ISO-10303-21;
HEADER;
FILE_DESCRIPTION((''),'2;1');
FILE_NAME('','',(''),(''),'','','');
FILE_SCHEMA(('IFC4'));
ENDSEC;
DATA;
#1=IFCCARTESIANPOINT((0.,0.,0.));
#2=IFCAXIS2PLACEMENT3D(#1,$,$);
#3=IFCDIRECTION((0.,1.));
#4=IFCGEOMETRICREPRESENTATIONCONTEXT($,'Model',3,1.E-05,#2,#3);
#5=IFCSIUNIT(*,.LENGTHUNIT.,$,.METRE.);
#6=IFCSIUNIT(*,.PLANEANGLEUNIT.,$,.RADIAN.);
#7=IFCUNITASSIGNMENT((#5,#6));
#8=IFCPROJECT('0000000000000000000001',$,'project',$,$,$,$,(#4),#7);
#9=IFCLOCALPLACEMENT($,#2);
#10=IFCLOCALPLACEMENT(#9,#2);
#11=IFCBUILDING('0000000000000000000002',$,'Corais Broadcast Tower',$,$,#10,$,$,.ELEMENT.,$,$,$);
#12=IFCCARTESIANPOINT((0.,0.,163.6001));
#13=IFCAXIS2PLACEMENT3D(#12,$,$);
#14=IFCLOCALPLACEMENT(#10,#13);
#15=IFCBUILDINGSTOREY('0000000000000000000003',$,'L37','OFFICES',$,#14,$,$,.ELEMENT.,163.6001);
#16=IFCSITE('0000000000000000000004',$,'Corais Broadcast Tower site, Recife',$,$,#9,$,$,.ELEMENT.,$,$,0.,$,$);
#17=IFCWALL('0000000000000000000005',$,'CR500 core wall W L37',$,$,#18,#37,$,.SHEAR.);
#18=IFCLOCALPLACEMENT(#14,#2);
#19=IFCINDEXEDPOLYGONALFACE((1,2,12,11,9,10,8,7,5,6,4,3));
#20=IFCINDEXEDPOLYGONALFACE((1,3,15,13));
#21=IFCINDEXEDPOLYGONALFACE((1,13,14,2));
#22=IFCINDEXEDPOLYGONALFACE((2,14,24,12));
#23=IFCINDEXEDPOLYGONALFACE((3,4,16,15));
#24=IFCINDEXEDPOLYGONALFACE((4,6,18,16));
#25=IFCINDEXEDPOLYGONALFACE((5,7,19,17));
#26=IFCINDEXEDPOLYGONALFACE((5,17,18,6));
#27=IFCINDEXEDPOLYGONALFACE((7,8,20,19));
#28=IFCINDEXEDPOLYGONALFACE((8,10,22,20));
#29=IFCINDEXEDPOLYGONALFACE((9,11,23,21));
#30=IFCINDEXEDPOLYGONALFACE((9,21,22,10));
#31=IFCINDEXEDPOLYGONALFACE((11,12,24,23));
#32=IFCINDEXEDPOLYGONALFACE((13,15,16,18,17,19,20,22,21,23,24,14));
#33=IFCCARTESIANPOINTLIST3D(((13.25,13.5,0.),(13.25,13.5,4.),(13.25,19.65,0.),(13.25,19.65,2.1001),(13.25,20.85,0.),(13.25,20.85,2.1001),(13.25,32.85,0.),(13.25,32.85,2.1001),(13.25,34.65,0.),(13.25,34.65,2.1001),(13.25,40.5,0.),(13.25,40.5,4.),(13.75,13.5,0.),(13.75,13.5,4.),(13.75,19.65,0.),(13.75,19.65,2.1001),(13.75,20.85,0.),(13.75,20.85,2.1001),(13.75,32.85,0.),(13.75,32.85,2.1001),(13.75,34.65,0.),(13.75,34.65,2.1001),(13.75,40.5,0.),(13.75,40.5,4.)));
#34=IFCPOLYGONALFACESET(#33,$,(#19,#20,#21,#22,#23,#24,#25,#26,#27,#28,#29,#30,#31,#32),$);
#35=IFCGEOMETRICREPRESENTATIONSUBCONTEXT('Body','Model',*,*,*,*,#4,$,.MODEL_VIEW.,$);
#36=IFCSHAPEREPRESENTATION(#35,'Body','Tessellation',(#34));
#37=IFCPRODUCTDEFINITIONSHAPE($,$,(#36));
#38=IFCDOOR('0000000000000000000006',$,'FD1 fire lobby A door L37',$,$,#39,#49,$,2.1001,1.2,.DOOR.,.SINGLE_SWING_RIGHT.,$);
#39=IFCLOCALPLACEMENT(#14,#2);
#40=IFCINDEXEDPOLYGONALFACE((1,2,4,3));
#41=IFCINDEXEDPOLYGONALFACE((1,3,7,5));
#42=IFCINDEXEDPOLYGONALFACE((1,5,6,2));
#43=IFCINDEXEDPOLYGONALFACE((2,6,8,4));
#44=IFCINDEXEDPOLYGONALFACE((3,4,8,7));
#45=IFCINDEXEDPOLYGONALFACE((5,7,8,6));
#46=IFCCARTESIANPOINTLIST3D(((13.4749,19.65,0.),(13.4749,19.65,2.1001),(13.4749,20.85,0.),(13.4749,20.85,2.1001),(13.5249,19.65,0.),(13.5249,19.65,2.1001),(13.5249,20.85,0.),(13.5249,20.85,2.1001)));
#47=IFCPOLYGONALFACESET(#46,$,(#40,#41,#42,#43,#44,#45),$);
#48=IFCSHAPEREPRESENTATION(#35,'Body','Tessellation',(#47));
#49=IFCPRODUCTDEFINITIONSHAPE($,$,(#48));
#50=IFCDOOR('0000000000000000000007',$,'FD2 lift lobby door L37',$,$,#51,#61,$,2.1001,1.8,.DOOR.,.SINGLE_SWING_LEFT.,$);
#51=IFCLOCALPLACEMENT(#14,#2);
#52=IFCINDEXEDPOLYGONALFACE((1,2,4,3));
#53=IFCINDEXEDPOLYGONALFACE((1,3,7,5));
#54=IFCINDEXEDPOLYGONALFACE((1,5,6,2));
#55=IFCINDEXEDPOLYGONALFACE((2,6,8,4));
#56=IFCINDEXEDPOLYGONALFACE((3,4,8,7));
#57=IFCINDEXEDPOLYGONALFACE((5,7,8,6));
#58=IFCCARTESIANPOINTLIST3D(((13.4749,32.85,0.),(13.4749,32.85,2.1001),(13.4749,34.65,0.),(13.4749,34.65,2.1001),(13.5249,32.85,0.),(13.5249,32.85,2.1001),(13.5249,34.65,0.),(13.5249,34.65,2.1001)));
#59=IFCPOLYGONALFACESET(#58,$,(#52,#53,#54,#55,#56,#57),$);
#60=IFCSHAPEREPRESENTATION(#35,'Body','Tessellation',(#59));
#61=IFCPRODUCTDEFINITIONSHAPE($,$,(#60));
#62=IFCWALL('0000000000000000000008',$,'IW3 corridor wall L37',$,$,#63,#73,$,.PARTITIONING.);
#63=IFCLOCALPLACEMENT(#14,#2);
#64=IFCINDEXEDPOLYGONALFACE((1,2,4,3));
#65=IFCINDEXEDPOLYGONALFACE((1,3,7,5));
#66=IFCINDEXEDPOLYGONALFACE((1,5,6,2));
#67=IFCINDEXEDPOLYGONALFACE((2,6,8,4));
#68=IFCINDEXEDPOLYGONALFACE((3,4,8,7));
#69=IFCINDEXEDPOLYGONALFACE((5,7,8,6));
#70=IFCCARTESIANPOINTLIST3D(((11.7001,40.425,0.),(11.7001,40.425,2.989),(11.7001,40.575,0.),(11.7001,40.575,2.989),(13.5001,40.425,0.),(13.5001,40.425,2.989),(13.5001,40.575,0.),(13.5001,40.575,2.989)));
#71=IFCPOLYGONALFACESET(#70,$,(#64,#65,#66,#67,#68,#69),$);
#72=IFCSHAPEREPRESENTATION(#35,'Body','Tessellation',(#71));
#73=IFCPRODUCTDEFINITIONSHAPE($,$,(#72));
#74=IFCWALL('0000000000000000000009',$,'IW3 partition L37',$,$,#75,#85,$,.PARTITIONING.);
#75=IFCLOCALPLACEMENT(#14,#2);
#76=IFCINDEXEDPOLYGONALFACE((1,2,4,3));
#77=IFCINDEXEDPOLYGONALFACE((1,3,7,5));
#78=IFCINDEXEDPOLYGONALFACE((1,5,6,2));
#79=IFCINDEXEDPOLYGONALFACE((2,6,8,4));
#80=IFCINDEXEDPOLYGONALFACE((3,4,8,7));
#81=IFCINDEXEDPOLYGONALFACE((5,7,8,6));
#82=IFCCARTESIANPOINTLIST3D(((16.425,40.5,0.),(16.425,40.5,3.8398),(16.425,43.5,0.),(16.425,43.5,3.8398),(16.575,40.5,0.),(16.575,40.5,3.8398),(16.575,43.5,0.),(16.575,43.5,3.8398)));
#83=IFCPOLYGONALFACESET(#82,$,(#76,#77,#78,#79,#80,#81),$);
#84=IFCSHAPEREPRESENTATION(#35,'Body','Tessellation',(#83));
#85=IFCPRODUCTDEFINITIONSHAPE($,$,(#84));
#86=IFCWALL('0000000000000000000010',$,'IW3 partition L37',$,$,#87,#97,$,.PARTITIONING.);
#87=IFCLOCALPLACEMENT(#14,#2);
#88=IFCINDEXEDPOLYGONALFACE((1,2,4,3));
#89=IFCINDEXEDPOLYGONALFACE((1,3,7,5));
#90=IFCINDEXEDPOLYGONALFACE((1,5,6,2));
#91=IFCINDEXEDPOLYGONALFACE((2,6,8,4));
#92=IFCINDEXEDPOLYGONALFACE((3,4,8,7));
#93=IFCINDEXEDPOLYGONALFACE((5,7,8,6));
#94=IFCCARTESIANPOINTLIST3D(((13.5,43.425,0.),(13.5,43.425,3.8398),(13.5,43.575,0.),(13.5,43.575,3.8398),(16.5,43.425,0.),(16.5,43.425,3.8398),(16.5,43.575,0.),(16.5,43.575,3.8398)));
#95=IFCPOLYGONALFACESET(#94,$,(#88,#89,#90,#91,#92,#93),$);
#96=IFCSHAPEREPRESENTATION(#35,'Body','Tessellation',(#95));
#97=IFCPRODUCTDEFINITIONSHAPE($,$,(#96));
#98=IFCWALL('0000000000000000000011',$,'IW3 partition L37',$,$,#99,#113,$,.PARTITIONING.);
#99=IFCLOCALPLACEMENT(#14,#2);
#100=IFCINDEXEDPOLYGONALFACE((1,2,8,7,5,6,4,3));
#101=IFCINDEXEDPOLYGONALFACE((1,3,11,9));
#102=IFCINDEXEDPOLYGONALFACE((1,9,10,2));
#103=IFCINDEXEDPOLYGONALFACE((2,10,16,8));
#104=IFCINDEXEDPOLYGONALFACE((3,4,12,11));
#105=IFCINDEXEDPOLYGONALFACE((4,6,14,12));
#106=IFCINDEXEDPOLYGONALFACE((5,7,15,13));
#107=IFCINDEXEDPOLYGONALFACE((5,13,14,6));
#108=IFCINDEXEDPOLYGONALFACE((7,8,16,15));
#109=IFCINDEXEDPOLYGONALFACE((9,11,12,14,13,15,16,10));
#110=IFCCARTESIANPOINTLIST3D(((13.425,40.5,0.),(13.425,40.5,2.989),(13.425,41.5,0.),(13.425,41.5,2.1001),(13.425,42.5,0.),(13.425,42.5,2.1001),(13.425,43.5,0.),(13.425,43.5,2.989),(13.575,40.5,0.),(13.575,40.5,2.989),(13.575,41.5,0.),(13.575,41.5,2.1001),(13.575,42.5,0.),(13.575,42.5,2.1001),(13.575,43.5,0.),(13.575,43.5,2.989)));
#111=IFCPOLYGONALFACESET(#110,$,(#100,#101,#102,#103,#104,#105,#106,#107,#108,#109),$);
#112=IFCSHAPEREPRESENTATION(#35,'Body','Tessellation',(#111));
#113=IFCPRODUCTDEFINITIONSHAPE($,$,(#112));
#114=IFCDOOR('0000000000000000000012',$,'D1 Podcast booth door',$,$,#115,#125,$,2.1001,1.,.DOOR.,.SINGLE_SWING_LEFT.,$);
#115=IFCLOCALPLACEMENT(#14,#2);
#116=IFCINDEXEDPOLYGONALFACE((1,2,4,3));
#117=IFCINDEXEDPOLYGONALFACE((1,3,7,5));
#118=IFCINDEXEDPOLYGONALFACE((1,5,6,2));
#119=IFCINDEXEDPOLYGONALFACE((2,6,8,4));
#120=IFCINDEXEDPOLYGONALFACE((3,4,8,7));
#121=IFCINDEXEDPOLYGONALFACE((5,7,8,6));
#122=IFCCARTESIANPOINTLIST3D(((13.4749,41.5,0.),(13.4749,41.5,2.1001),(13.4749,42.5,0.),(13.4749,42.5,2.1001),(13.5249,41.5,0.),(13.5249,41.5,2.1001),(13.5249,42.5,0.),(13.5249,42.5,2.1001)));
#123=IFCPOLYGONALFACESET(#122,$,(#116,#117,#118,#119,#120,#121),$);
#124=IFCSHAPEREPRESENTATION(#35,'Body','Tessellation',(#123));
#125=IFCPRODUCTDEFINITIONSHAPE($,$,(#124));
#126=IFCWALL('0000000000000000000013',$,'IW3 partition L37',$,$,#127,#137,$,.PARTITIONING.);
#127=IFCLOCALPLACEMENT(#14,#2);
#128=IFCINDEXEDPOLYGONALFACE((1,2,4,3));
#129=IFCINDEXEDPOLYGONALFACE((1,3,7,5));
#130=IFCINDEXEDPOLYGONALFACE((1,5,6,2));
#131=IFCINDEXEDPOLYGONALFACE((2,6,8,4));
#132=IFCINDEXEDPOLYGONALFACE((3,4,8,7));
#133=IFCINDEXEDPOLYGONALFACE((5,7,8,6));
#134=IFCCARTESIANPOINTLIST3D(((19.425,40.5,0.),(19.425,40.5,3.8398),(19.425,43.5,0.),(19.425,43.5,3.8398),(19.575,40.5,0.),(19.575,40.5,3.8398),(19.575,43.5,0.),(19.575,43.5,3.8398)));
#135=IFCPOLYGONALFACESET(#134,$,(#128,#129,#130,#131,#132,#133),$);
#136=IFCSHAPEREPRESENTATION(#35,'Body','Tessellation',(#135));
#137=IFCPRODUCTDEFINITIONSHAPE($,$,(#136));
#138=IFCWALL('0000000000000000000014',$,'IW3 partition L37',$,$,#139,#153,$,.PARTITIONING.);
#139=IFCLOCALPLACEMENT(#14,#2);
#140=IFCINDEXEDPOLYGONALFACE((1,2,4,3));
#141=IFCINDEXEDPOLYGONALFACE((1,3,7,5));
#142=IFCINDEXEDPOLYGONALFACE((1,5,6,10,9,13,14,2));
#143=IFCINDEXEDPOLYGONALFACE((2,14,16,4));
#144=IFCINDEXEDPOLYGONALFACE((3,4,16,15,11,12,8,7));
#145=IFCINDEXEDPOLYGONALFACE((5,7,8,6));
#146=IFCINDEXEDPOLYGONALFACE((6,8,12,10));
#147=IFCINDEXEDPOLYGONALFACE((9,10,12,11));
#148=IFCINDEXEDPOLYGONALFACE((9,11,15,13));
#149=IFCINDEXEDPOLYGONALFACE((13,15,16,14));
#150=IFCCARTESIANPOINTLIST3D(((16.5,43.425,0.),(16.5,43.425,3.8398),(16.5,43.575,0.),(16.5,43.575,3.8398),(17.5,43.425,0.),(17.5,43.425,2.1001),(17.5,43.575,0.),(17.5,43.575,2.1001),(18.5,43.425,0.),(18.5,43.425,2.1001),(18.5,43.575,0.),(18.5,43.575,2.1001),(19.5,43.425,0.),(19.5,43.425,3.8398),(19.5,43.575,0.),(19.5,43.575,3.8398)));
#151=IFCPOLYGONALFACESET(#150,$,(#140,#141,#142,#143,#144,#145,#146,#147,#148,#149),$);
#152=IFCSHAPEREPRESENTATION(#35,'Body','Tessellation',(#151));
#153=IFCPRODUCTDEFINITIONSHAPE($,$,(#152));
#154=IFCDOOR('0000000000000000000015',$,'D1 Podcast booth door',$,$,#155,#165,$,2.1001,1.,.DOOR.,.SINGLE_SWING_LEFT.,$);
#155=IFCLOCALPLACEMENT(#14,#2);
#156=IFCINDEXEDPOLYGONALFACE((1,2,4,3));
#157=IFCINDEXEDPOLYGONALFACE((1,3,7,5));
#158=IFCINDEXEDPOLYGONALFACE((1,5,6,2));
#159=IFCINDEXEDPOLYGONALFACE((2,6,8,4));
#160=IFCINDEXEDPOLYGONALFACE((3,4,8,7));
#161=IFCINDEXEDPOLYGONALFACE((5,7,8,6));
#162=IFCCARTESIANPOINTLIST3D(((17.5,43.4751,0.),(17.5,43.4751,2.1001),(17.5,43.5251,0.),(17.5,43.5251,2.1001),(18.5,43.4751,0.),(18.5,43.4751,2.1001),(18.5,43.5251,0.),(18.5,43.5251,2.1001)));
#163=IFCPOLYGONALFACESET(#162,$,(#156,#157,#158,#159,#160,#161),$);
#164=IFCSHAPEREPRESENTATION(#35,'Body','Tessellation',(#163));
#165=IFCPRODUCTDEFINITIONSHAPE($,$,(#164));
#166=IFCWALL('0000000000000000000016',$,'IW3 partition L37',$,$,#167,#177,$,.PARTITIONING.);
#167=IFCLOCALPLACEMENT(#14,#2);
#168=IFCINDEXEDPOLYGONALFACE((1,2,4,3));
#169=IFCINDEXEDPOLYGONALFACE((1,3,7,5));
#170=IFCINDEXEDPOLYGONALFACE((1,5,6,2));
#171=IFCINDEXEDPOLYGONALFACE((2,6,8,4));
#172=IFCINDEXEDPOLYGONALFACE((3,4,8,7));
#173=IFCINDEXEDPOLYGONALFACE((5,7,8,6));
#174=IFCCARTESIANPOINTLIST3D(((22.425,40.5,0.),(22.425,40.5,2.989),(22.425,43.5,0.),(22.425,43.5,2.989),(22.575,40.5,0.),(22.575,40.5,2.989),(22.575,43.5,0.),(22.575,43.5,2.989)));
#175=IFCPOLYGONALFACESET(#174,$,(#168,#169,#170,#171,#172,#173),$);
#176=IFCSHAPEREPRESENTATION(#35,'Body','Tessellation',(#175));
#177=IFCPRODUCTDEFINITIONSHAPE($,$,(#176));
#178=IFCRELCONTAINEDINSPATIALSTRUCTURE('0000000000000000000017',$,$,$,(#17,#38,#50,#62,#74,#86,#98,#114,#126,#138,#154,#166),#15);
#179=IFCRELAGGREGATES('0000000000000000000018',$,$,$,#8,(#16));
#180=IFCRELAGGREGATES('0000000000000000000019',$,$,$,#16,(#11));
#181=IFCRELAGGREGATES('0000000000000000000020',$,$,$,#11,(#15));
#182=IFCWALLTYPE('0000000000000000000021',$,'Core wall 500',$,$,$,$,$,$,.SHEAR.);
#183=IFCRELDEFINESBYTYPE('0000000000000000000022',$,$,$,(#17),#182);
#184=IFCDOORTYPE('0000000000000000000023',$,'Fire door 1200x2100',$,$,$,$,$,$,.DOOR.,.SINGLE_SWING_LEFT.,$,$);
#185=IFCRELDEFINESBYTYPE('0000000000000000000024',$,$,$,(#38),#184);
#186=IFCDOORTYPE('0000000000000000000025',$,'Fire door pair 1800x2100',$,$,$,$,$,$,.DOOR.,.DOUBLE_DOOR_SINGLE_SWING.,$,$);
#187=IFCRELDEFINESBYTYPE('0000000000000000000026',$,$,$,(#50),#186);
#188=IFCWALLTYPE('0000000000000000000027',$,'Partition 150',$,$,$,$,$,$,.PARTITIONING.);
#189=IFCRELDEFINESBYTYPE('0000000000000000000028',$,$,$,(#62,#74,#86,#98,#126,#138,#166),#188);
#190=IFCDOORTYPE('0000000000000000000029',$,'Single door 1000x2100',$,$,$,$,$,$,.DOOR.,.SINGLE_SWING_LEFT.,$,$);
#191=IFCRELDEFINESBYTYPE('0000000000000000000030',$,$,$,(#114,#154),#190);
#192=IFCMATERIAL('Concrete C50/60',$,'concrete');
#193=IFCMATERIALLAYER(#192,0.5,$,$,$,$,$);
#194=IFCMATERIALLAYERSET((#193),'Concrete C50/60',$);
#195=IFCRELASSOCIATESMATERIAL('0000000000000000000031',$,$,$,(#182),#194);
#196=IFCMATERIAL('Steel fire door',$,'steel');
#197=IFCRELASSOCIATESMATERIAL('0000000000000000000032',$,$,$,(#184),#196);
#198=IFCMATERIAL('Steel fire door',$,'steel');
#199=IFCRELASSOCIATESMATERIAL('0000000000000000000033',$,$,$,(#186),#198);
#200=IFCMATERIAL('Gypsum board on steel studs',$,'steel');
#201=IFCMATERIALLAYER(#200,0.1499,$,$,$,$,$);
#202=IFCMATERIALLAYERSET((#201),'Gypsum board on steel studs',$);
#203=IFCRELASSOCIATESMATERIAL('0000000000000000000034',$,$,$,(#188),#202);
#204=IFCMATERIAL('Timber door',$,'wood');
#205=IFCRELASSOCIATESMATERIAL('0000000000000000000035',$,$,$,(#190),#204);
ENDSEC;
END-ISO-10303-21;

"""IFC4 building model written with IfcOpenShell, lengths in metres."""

from ifc_helpers import new_model, si_unit, direction, frame, frame_2d, origin, place, context, subcontext, project, spatial, rectangle, extrude, material, layer, layer_set, type_object, element, fill, save


model = new_model("IFC4")

# Units and contexts
model_context = context("Model", 3, precision=1e-05, world=origin(), true_north=direction((0.0, 1.0)))
body_context = subcontext(model_context, "Body", "Model", "MODEL_VIEW")
ifc_project = project(units=[si_unit("LENGTHUNIT", "METRE"), si_unit("PLANEANGLEUNIT", "RADIAN")], contexts=[model_context])

# Site, building, storey
site_placement = place(None, origin())
site = spatial("IfcSite", under=ifc_project, at=site_placement, Name="Corais Broadcast Tower site, Recife", CompositionType="ELEMENT", RefElevation=0.0)
building_placement = place(site_placement, origin())
building = spatial("IfcBuilding", under=site, at=building_placement, Name="Corais Broadcast Tower", CompositionType="ELEMENT")
storey_placement = place(building_placement, frame((0.0, 0.0, 163.6001)))
storey = spatial("IfcBuildingStorey", under=building, at=storey_placement, Name="L37", Description="OFFICES", CompositionType="ELEMENT", Elevation=163.6001)

# Wall, openings, doors
ifc_material_1 = material(Name="Concrete C50/60", Category="concrete")
ifc_layer_1 = layer(ifc_material_1, 0.5)
ifc_layer_set_1 = layer_set([ifc_layer_1], Name="Concrete C50/60")
wall_type_1 = type_object("IfcWallType", Name="Core wall 500", PredefinedType="SHEAR", material=ifc_layer_set_1)
wall_1_placement = place(storey_placement, frame((13.5, 40.5, 0.0), z_axis=(0.0, 0.0, 1.0), x_axis=(0.0, -1.0, 0.0)))
wall_1 = element("IfcWall", 1, at=wall_1_placement, inside=storey, type_object=wall_type_1, Name="CR500 core wall W L37", PredefinedType="SHEAR", context=body_context, shape_type="SweptSolid", body=[
    extrude(rectangle(XDim=27.0, YDim=0.5, at=frame_2d((13.5, 0.0))), origin(), (0.0, 0.0, 1.0), 4.0),
])
opening_1_placement = place(wall_1_placement, frame((19.6499, 0.0, 0.0)))
opening_1 = element("IfcOpeningElement", 2, at=opening_1_placement, cuts=wall_1, PredefinedType="OPENING", context=body_context, shape_type="SweptSolid", body=[
    extrude(rectangle(XDim=1.2, YDim=2.1001, at=frame_2d((0.6001, 1.05))), frame((0.0, 0.26, 0.0), z_axis=(0.0, -1.0, 0.0), x_axis=(1.0, 0.0, 0.0)), (0.0, 0.0, 1.0), 0.52),
])
opening_2_placement = place(wall_1_placement, frame((5.8501, 0.0, 0.0)))
opening_2 = element("IfcOpeningElement", 3, at=opening_2_placement, cuts=wall_1, PredefinedType="OPENING", context=body_context, shape_type="SweptSolid", body=[
    extrude(rectangle(XDim=1.8, YDim=2.1001, at=frame_2d((0.8999, 1.05))), frame((0.0, 0.26, 0.0), z_axis=(0.0, -1.0, 0.0), x_axis=(1.0, 0.0, 0.0)), (0.0, 0.0, 1.0), 0.52),
])
ifc_material_2 = material(Name="Steel fire door", Category="steel")
door_type_1 = type_object("IfcDoorType", Name="Fire door 1200x2100", OperationType="SINGLE_SWING_LEFT", PredefinedType="DOOR", material=ifc_material_2)
door_1_placement = place(opening_1_placement, origin())
door_1 = element("IfcDoor", 4, at=door_1_placement, inside=storey, type_object=door_type_1, Name="FD1 fire lobby A door L37", OperationType="SINGLE_SWING_RIGHT", OverallHeight=2.1001, OverallWidth=1.2, PredefinedType="DOOR", context=body_context, shape_type="SweptSolid", body=[
    extrude(rectangle(XDim=1.2, YDim=2.1001, at=frame_2d((0.6001, 1.05))), frame((0.0, 0.0249, 0.0), z_axis=(0.0, -1.0, 0.0), x_axis=(1.0, 0.0, 0.0)), (0.0, 0.0, 1.0), 0.05),
])
fill(opening_1, door_1)
ifc_material_3 = material(Name="Steel fire door", Category="steel")
door_type_2 = type_object("IfcDoorType", Name="Fire door pair 1800x2100", OperationType="DOUBLE_DOOR_SINGLE_SWING", PredefinedType="DOOR", material=ifc_material_3)
door_2_placement = place(opening_2_placement, origin())
door_2 = element("IfcDoor", 5, at=door_2_placement, inside=storey, type_object=door_type_2, Name="FD2 lift lobby door L37", OperationType="SINGLE_SWING_LEFT", OverallHeight=2.1001, OverallWidth=1.8, PredefinedType="DOOR", context=body_context, shape_type="SweptSolid", body=[
    extrude(rectangle(XDim=1.8, YDim=2.1001, at=frame_2d((0.8999, 1.05))), frame((0.0, 0.0249, 0.0), z_axis=(0.0, -1.0, 0.0), x_axis=(1.0, 0.0, 0.0)), (0.0, 0.0, 1.0), 0.05),
])
fill(opening_2, door_2)

# Walls
ifc_material_4 = material(Name="Gypsum board on steel studs", Category="steel")
ifc_layer_2 = layer(ifc_material_4, 0.1499)
ifc_layer_set_2 = layer_set([ifc_layer_2], Name="Gypsum board on steel studs")
wall_type_2 = type_object("IfcWallType", Name="Partition 150", PredefinedType="PARTITIONING", material=ifc_layer_set_2)
wall_2_placement = place(storey_placement, frame((13.5, 40.5, 0.0), z_axis=(0.0, 0.0, 1.0), x_axis=(-1.0, 0.0, 0.0)))
element("IfcWall", 6, at=wall_2_placement, inside=storey, type_object=wall_type_2, Name="IW3 corridor wall L37", PredefinedType="PARTITIONING", context=body_context, shape_type="SweptSolid", body=[
    extrude(rectangle(XDim=1.8, YDim=0.1499, at=frame_2d((0.8999, 0.0))), origin(), (0.0, 0.0, 1.0), 2.989),
])
for number, where, z_axis, x_axis, name in (
    (7, (16.5, 40.5, 0.0), (0.0, 0.0, 1.0), (0.0, 1.0, 0.0), "IW3 partition L37"),
    (8, (16.5, 43.5, 0.0), (0.0, 0.0, 1.0), (-1.0, 0.0, 0.0), "IW3 partition L37"),
):
    element("IfcWall", number, at=place(storey_placement, frame(where, z_axis=z_axis, x_axis=x_axis)), inside=storey, type_object=wall_type_2, Name=name, PredefinedType="PARTITIONING", context=body_context, shape_type="SweptSolid", body=[
        extrude(rectangle(XDim=3.0, YDim=0.1499, at=frame_2d((1.5, 0.0))), origin(), (0.0, 0.0, 1.0), 3.8398),
    ])

# Wall, opening, door
wall_3_placement = place(storey_placement, frame((13.5, 43.5, 0.0), z_axis=(0.0, 0.0, 1.0), x_axis=(0.0, -1.0, 0.0)))
wall_3 = element("IfcWall", 9, at=wall_3_placement, inside=storey, type_object=wall_type_2, Name="IW3 partition L37", PredefinedType="PARTITIONING", context=body_context, shape_type="SweptSolid", body=[
    extrude(rectangle(XDim=3.0, YDim=0.1499, at=frame_2d((1.5, 0.0))), origin(), (0.0, 0.0, 1.0), 2.989),
])
opening_3_placement = place(wall_3_placement, frame((1.0, 0.0, 0.0)))
opening_3 = element("IfcOpeningElement", 10, at=opening_3_placement, cuts=wall_3, PredefinedType="OPENING", context=body_context, shape_type="SweptSolid", body=[
    extrude(rectangle(XDim=1.0, YDim=2.1001, at=frame_2d((0.5, 1.05))), frame((0.0, 0.085, 0.0), z_axis=(0.0, -1.0, 0.0), x_axis=(1.0, 0.0, 0.0)), (0.0, 0.0, 1.0), 0.1699),
])
ifc_material_5 = material(Name="Timber door", Category="wood")
door_type_3 = type_object("IfcDoorType", Name="Single door 1000x2100", OperationType="SINGLE_SWING_LEFT", PredefinedType="DOOR", material=ifc_material_5)
door_3_placement = place(opening_3_placement, origin())
door_3 = element("IfcDoor", 11, at=door_3_placement, inside=storey, type_object=door_type_3, Name="D1 Podcast booth door", OperationType="SINGLE_SWING_LEFT", OverallHeight=2.1001, OverallWidth=1.0, PredefinedType="DOOR", context=body_context, shape_type="SweptSolid", body=[
    extrude(rectangle(XDim=1.0, YDim=2.1001, at=frame_2d((0.5, 1.05))), frame((0.0, 0.0249, 0.0), z_axis=(0.0, -1.0, 0.0), x_axis=(1.0, 0.0, 0.0)), (0.0, 0.0, 1.0), 0.05),
])
fill(opening_3, door_3)

# Wall
wall_4_placement = place(storey_placement, frame((19.5, 40.5, 0.0), z_axis=(0.0, 0.0, 1.0), x_axis=(0.0, 1.0, 0.0)))
element("IfcWall", 12, at=wall_4_placement, inside=storey, type_object=wall_type_2, Name="IW3 partition L37", PredefinedType="PARTITIONING", context=body_context, shape_type="SweptSolid", body=[
    extrude(rectangle(XDim=3.0, YDim=0.1499, at=frame_2d((1.5, 0.0))), origin(), (0.0, 0.0, 1.0), 3.8398),
])

# Wall, opening, door
wall_5_placement = place(storey_placement, frame((19.5, 43.5, 0.0), z_axis=(0.0, 0.0, 1.0), x_axis=(-1.0, 0.0, 0.0)))
wall_5 = element("IfcWall", 13, at=wall_5_placement, inside=storey, type_object=wall_type_2, Name="IW3 partition L37", PredefinedType="PARTITIONING", context=body_context, shape_type="SweptSolid", body=[
    extrude(rectangle(XDim=3.0, YDim=0.1499, at=frame_2d((1.5, 0.0))), origin(), (0.0, 0.0, 1.0), 3.8398),
])
opening_4_placement = place(wall_5_placement, frame((1.0, 0.0, 0.0)))
opening_4 = element("IfcOpeningElement", 14, at=opening_4_placement, cuts=wall_5, PredefinedType="OPENING", context=body_context, shape_type="SweptSolid", body=[
    extrude(rectangle(XDim=1.0, YDim=2.1001, at=frame_2d((0.5, 1.05))), frame((0.0, 0.085, 0.0), z_axis=(0.0, -1.0, 0.0), x_axis=(1.0, 0.0, 0.0)), (0.0, 0.0, 1.0), 0.1699),
])
door_4_placement = place(opening_4_placement, origin())
door_4 = element("IfcDoor", 15, at=door_4_placement, inside=storey, type_object=door_type_3, Name="D1 Podcast booth door", OperationType="SINGLE_SWING_LEFT", OverallHeight=2.1001, OverallWidth=1.0, PredefinedType="DOOR", context=body_context, shape_type="SweptSolid", body=[
    extrude(rectangle(XDim=1.0, YDim=2.1001, at=frame_2d((0.5, 1.05))), frame((0.0, 0.0249, 0.0), z_axis=(0.0, -1.0, 0.0), x_axis=(1.0, 0.0, 0.0)), (0.0, 0.0, 1.0), 0.05),
])
fill(opening_4, door_4)

# Wall
wall_6_placement = place(storey_placement, frame((22.5, 40.5, 0.0), z_axis=(0.0, 0.0, 1.0), x_axis=(0.0, 1.0, 0.0)))
element("IfcWall", 16, at=wall_6_placement, inside=storey, type_object=wall_type_2, Name="IW3 partition L37", PredefinedType="PARTITIONING", context=body_context, shape_type="SweptSolid", body=[
    extrude(rectangle(XDim=3.0, YDim=0.1499, at=frame_2d((1.5, 0.0))), origin(), (0.0, 0.0, 1.0), 2.989),
])

save(model, "model.ifc")
